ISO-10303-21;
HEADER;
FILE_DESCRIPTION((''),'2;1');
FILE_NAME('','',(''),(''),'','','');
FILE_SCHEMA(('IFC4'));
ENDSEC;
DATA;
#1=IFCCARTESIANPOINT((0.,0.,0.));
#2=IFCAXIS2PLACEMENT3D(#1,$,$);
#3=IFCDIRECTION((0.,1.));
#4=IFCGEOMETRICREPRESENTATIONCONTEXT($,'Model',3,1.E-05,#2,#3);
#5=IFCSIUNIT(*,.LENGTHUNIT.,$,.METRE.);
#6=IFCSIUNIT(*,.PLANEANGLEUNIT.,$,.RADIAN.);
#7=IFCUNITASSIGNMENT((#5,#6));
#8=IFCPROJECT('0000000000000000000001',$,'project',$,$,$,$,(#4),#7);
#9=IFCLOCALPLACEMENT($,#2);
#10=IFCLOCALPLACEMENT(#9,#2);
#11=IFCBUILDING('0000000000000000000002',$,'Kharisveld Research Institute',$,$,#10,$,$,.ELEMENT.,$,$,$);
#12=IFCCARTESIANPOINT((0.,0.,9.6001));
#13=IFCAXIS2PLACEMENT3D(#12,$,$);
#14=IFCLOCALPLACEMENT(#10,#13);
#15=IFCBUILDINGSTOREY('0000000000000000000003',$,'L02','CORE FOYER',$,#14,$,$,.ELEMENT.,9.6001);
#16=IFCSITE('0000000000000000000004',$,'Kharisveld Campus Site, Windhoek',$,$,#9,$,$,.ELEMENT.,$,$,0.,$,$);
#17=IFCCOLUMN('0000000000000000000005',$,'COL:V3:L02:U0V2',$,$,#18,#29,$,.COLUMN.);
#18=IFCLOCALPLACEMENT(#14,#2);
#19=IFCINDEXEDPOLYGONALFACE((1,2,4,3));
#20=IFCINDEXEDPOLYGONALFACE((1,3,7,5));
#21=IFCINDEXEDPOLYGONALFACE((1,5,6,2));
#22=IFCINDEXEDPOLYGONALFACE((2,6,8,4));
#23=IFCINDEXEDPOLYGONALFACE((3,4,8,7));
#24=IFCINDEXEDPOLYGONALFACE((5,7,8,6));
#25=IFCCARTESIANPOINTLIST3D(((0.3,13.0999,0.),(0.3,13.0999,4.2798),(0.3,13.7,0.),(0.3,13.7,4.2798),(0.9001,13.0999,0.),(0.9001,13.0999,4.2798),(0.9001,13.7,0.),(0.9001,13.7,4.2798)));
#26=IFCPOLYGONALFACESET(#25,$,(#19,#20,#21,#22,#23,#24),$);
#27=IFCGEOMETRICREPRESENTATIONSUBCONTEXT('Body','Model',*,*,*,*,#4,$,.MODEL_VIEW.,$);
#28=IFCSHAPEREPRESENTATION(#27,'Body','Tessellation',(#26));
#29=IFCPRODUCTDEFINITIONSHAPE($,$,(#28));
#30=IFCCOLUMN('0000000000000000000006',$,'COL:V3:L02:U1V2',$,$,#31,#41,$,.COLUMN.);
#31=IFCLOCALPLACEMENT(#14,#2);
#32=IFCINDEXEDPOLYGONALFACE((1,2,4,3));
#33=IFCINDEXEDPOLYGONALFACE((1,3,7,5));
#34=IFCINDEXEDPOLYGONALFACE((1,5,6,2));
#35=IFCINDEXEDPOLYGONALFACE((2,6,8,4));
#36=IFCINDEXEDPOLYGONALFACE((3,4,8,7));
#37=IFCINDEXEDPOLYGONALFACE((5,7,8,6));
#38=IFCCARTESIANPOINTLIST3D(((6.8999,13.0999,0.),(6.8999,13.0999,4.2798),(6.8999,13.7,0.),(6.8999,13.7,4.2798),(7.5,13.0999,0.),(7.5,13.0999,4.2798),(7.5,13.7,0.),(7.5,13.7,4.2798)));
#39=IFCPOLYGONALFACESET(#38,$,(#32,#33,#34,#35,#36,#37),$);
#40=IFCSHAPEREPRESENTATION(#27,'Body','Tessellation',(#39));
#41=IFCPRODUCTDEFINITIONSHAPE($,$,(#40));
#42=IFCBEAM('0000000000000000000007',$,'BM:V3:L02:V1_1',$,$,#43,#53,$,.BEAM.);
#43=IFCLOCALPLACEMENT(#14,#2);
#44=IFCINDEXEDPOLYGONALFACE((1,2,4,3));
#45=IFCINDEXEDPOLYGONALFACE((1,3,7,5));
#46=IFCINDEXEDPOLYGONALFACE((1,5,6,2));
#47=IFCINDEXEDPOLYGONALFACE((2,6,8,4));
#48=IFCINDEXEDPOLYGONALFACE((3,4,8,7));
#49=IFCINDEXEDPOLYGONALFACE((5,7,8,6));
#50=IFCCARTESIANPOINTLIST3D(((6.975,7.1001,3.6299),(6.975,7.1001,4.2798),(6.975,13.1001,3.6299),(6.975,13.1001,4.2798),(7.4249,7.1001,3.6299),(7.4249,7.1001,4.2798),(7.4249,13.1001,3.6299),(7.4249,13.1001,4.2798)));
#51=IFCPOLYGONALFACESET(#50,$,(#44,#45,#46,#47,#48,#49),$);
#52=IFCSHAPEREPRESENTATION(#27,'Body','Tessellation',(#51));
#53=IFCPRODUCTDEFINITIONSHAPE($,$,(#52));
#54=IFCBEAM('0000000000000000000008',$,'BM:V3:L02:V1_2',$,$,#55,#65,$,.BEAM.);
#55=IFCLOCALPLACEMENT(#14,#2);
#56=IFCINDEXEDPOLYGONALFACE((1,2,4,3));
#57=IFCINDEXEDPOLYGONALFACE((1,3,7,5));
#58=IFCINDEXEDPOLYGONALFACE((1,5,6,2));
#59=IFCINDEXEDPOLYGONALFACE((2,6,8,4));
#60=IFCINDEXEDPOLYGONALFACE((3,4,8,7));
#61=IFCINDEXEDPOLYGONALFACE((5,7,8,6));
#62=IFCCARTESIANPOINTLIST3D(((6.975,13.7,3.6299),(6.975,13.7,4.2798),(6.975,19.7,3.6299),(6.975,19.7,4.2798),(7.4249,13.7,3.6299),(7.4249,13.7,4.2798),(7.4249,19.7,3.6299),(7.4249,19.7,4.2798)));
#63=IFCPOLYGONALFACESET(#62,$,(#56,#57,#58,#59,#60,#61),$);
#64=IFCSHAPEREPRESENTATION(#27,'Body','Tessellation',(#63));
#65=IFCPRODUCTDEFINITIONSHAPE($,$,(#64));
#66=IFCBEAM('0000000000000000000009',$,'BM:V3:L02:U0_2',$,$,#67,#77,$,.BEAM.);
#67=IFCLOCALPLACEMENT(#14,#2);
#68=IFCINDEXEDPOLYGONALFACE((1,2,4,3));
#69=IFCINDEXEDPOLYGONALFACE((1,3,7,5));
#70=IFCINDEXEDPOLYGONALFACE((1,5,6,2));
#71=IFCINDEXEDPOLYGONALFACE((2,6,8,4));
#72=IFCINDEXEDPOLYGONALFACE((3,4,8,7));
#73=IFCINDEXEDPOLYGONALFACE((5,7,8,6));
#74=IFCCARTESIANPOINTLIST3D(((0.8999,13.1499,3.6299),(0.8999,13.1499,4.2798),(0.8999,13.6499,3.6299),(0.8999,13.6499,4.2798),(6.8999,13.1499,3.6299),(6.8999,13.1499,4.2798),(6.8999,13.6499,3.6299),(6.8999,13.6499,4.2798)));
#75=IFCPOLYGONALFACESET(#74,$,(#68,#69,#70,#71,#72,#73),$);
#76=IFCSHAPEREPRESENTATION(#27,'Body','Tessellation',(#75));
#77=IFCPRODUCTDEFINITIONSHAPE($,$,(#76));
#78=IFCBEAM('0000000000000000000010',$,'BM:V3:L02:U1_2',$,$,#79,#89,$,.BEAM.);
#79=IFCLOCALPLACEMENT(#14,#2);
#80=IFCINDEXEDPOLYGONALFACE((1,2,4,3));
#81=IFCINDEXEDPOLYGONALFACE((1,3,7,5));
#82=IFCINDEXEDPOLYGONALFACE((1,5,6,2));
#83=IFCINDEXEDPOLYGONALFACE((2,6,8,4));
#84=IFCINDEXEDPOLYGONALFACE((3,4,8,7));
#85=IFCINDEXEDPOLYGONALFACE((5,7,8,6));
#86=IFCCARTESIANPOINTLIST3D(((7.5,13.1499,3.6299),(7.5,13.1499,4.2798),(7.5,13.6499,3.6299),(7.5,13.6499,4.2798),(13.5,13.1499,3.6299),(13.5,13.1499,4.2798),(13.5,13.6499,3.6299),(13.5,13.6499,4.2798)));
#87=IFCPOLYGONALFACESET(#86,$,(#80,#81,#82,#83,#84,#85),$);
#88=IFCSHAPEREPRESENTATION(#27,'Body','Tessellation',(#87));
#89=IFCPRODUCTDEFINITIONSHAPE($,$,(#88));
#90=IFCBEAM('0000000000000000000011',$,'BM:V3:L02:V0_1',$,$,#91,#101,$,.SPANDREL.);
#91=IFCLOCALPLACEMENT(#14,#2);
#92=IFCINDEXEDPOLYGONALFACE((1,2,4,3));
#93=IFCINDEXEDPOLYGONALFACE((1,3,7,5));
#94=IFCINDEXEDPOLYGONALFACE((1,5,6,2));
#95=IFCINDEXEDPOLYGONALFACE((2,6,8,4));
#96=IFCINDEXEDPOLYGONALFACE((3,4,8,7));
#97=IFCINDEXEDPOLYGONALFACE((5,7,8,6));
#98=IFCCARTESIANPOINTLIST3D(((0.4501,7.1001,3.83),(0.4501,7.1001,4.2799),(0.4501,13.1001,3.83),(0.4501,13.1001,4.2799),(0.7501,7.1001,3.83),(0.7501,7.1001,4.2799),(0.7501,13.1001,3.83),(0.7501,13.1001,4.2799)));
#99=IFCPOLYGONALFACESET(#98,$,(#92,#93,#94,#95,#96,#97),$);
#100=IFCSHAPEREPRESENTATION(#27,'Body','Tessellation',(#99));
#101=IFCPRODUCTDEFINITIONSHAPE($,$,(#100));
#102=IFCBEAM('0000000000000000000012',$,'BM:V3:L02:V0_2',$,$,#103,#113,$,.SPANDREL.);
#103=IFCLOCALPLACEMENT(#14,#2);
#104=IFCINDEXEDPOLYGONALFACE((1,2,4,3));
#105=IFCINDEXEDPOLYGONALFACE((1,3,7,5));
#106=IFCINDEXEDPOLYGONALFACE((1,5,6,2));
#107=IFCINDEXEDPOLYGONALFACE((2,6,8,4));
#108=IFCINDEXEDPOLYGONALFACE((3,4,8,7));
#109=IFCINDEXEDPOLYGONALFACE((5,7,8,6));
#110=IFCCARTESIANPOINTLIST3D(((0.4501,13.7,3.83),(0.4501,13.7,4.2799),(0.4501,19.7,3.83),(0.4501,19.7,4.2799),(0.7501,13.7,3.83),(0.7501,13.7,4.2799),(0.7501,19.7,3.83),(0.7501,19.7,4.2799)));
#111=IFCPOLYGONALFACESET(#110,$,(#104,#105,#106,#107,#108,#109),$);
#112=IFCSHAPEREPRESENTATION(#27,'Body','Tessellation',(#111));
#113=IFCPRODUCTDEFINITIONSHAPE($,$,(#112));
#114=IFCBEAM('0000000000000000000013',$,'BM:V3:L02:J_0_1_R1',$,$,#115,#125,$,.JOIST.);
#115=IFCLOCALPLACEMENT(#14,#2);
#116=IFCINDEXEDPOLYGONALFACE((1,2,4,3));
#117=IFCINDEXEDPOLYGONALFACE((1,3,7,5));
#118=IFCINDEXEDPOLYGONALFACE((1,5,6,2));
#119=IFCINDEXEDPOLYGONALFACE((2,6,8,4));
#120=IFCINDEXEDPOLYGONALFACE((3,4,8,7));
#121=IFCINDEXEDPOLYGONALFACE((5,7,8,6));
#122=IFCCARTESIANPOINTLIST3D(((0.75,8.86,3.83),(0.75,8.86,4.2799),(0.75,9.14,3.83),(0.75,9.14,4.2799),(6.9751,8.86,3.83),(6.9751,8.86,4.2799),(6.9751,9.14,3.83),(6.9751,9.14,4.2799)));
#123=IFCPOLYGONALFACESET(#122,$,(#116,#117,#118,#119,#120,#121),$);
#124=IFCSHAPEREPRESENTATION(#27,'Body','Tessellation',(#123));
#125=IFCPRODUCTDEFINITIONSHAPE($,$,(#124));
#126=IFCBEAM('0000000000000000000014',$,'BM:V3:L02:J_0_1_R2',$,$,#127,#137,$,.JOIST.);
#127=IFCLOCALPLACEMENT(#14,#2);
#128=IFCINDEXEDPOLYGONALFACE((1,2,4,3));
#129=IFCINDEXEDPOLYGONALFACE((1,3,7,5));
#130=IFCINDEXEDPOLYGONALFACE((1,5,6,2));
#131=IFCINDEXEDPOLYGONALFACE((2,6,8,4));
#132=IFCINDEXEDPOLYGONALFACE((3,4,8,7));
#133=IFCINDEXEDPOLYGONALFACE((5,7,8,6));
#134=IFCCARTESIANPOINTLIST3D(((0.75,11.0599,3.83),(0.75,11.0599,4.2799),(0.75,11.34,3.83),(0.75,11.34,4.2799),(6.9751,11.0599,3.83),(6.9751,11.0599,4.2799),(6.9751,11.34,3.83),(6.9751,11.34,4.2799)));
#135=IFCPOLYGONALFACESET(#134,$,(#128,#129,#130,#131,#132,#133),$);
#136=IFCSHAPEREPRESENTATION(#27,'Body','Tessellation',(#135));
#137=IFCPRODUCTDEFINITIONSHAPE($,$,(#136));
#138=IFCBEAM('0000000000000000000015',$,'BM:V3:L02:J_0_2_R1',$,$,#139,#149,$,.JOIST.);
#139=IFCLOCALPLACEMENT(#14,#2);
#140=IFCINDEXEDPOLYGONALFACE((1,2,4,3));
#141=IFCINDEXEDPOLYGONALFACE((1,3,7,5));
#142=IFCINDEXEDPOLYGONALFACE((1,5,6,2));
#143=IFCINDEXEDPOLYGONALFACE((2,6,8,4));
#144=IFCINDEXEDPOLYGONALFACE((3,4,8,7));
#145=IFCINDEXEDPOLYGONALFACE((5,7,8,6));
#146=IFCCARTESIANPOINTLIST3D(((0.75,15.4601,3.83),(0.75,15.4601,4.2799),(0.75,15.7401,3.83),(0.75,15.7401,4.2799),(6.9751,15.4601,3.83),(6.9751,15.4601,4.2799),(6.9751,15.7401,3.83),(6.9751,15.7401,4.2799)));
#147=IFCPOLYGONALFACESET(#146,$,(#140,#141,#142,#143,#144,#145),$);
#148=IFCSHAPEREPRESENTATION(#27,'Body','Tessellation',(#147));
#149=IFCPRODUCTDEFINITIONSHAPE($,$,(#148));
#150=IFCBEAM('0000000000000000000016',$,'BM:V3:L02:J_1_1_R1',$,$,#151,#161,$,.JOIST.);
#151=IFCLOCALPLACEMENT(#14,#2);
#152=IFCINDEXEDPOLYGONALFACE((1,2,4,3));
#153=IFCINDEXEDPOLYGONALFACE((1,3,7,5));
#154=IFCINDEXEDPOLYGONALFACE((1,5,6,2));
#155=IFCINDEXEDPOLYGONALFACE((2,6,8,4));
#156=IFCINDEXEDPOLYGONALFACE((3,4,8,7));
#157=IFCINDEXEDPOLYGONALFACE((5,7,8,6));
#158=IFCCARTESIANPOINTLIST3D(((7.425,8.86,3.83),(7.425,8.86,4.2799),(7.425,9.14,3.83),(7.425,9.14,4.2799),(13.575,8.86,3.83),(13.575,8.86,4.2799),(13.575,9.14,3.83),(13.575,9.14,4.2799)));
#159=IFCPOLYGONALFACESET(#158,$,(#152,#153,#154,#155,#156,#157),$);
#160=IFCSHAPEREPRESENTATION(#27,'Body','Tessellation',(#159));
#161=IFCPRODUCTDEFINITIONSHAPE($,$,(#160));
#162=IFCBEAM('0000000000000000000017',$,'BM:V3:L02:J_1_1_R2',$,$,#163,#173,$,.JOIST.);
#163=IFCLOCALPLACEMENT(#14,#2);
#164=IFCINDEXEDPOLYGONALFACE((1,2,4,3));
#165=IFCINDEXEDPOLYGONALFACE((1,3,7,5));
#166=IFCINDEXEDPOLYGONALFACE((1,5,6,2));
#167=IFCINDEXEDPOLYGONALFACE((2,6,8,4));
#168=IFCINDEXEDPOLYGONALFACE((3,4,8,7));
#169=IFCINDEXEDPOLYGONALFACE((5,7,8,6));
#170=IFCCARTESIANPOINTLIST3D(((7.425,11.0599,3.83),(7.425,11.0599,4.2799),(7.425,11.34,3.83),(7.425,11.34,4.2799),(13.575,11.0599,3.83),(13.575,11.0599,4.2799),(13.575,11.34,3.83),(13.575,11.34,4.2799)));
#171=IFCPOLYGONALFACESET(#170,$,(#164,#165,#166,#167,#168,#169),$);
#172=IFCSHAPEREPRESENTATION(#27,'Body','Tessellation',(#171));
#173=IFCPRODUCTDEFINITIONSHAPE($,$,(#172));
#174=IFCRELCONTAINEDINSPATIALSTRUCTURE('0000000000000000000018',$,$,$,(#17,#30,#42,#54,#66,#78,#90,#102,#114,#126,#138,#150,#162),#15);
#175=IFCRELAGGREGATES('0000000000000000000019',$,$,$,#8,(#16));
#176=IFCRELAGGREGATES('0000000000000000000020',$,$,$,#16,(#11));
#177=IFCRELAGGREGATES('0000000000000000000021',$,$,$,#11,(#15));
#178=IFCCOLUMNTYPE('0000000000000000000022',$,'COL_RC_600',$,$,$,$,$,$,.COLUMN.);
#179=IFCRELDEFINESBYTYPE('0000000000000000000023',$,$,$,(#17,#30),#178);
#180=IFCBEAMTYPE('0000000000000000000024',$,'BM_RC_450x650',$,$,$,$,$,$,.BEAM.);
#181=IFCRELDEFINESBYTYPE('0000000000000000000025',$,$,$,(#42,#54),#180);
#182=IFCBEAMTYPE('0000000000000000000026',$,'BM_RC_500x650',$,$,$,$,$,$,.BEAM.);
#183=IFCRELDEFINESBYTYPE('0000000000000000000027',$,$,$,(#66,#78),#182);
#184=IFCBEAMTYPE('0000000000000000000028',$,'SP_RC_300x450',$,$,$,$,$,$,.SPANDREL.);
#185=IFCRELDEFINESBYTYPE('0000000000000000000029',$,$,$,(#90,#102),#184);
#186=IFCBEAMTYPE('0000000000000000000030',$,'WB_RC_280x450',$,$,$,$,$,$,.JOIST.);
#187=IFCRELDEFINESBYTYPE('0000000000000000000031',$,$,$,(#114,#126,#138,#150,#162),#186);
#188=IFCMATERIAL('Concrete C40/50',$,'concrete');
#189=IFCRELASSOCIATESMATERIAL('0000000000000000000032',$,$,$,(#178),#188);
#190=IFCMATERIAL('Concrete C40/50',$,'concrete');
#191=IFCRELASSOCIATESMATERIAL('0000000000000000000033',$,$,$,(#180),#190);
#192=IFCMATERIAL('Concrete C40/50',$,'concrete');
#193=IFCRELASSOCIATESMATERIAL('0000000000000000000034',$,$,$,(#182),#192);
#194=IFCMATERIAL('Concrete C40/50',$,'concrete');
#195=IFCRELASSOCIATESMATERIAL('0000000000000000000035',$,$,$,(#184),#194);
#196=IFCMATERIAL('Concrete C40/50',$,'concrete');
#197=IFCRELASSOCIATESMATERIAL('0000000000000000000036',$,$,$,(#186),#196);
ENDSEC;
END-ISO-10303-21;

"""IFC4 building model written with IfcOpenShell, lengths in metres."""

from ifc_helpers import new_model, si_unit, direction, frame, origin, origin_2d, place, context, subcontext, project, spatial, rectangle, extrude, material, material_profile, profile_set, type_object, element, save


model = new_model("IFC4")

# Units and contexts
model_context = context("Model", 3, precision=1e-05, world=origin(), true_north=direction((0.0, 1.0)))
body_context = subcontext(model_context, "Body", "Model", "MODEL_VIEW")
ifc_project = project(units=[si_unit("LENGTHUNIT", "METRE"), si_unit("PLANEANGLEUNIT", "RADIAN")], contexts=[model_context])

# Site, building, storey
site_placement = place(None, origin())
site = spatial("IfcSite", under=ifc_project, at=site_placement, Name="Kharisveld Campus Site, Windhoek", CompositionType="ELEMENT", RefElevation=0.0)
building_placement = place(site_placement, origin())
building = spatial("IfcBuilding", under=site, at=building_placement, Name="Kharisveld Research Institute", CompositionType="ELEMENT")
storey_placement = place(building_placement, frame((0.0, 0.0, 9.6001)))
storey = spatial("IfcBuildingStorey", under=building, at=storey_placement, Name="L02", Description="CORE FOYER", CompositionType="ELEMENT", Elevation=9.6001)

# Columns
ifc_material_1 = material(Name="Concrete C40/50", Category="concrete")
ifc_material_profile_1 = material_profile(ifc_material_1, rectangle(XDim=0.6001, YDim=0.6001, at=origin_2d()))
ifc_profile_set_1 = profile_set([ifc_material_profile_1], Name="Concrete C40/50")
column_type = type_object("IfcColumnType", Name="COL_RC_600", PredefinedType="COLUMN", material=ifc_profile_set_1)
for number, where, z_axis, x_axis, name in (
    (1, (0.6001, 13.3999, 0.0), (0.0, 0.0, 1.0), (1.0, 0.0, 0.0), "COL:V3:L02:U0V2"),
    (2, (7.2, 13.3999, 0.0), (0.0, 0.0, 1.0), (1.0, 0.0, 0.0), "COL:V3:L02:U1V2"),
):
    element("IfcColumn", number, at=place(storey_placement, frame(where, z_axis=z_axis, x_axis=x_axis)), inside=storey, type_object=column_type, Name=name, PredefinedType="COLUMN", context=body_context, shape_type="SweptSolid", body=[
        extrude(rectangle(XDim=0.6001, YDim=0.6001, at=origin_2d()), origin(), (0.0, 0.0, 1.0), 4.2798),
    ])

# Beams
ifc_material_2 = material(Name="Concrete C40/50", Category="concrete")
ifc_material_profile_2 = material_profile(ifc_material_2, rectangle(XDim=0.45, YDim=0.6499, at=origin_2d()))
ifc_profile_set_2 = profile_set([ifc_material_profile_2], Name="Concrete C40/50")
beam_type_1 = type_object("IfcBeamType", Name="BM_RC_450x650", PredefinedType="BEAM", material=ifc_profile_set_2)
for number, where, z_axis, x_axis, name in (
    (3, (7.2, 7.1001, 3.9548), (0.0, 1.0, 0.0), (-1.0, 0.0, 0.0), "BM:V3:L02:V1_1"),
    (4, (7.2, 13.7, 3.9548), (0.0, 1.0, 0.0), (-1.0, 0.0, 0.0), "BM:V3:L02:V1_2"),
):
    element("IfcBeam", number, at=place(storey_placement, frame(where, z_axis=z_axis, x_axis=x_axis)), inside=storey, type_object=beam_type_1, Name=name, PredefinedType="BEAM", context=body_context, shape_type="SweptSolid", body=[
        extrude(rectangle(XDim=0.45, YDim=0.6499, at=origin_2d()), origin(), (0.0, 0.0, 1.0), 6.0),
    ])
ifc_material_3 = material(Name="Concrete C40/50", Category="concrete")
ifc_material_profile_3 = material_profile(ifc_material_3, rectangle(XDim=0.5, YDim=0.6499, at=origin_2d()))
ifc_profile_set_3 = profile_set([ifc_material_profile_3], Name="Concrete C40/50")
beam_type_2 = type_object("IfcBeamType", Name="BM_RC_500x650", PredefinedType="BEAM", material=ifc_profile_set_3)
for number, where, z_axis, x_axis, name in (
    (5, (0.8999, 13.3999, 3.9548), (1.0, 0.0, 0.0), (0.0, 1.0, 0.0), "BM:V3:L02:U0_2"),
    (6, (7.5, 13.3999, 3.9548), (1.0, 0.0, 0.0), (0.0, 1.0, 0.0), "BM:V3:L02:U1_2"),
):
    element("IfcBeam", number, at=place(storey_placement, frame(where, z_axis=z_axis, x_axis=x_axis)), inside=storey, type_object=beam_type_2, Name=name, PredefinedType="BEAM", context=body_context, shape_type="SweptSolid", body=[
        extrude(rectangle(XDim=0.5, YDim=0.6499, at=origin_2d()), origin(), (0.0, 0.0, 1.0), 6.0),
    ])
ifc_material_4 = material(Name="Concrete C40/50", Category="concrete")
ifc_material_profile_4 = material_profile(ifc_material_4, rectangle(XDim=0.3, YDim=0.45, at=origin_2d()))
ifc_profile_set_4 = profile_set([ifc_material_profile_4], Name="Concrete C40/50")
beam_type_3 = type_object("IfcBeamType", Name="SP_RC_300x450", PredefinedType="SPANDREL", material=ifc_profile_set_4)
for number, where, z_axis, x_axis, name in (
    (7, (0.6001, 7.1001, 4.0549), (0.0, 1.0, 0.0), (-1.0, 0.0, 0.0), "BM:V3:L02:V0_1"),
    (8, (0.6001, 13.7, 4.0549), (0.0, 1.0, 0.0), (-1.0, 0.0, 0.0), "BM:V3:L02:V0_2"),
):
    element("IfcBeam", number, at=place(storey_placement, frame(where, z_axis=z_axis, x_axis=x_axis)), inside=storey, type_object=beam_type_3, Name=name, PredefinedType="SPANDREL", context=body_context, shape_type="SweptSolid", body=[
        extrude(rectangle(XDim=0.3, YDim=0.45, at=origin_2d()), origin(), (0.0, 0.0, 1.0), 6.0),
    ])
ifc_material_5 = material(Name="Concrete C40/50", Category="concrete")
ifc_material_profile_5 = material_profile(ifc_material_5, rectangle(XDim=0.28, YDim=0.45, at=origin_2d()))
ifc_profile_set_5 = profile_set([ifc_material_profile_5], Name="Concrete C40/50")
beam_type_4 = type_object("IfcBeamType", Name="WB_RC_280x450", PredefinedType="JOIST", material=ifc_profile_set_5)
for number, where, z_axis, x_axis, name in (
    (9, (0.75, 9.0, 4.0549), (1.0, 0.0, 0.0), (0.0, 1.0, 0.0), "BM:V3:L02:J_0_1_R1"),
    (10, (0.75, 11.2, 4.0549), (1.0, 0.0, 0.0), (0.0, 1.0, 0.0), "BM:V3:L02:J_0_1_R2"),
    (11, (0.75, 15.6001, 4.0549), (1.0, 0.0, 0.0), (0.0, 1.0, 0.0), "BM:V3:L02:J_0_2_R1"),
):
    element("IfcBeam", number, at=place(storey_placement, frame(where, z_axis=z_axis, x_axis=x_axis)), inside=storey, type_object=beam_type_4, Name=name, PredefinedType="JOIST", context=body_context, shape_type="SweptSolid", body=[
        extrude(rectangle(XDim=0.28, YDim=0.45, at=origin_2d()), origin(), (0.0, 0.0, 1.0), 6.2251),
    ])
for number, where, z_axis, x_axis, name in (
    (12, (7.425, 9.0, 4.0549), (1.0, 0.0, 0.0), (0.0, 1.0, 0.0), "BM:V3:L02:J_1_1_R1"),
    (13, (7.425, 11.2, 4.0549), (1.0, 0.0, 0.0), (0.0, 1.0, 0.0), "BM:V3:L02:J_1_1_R2"),
):
    element("IfcBeam", number, at=place(storey_placement, frame(where, z_axis=z_axis, x_axis=x_axis)), inside=storey, type_object=beam_type_4, Name=name, PredefinedType="JOIST", context=body_context, shape_type="SweptSolid", body=[
        extrude(rectangle(XDim=0.28, YDim=0.45, at=origin_2d()), origin(), (0.0, 0.0, 1.0), 6.1499),
    ])

save(model, "model.ifc")
